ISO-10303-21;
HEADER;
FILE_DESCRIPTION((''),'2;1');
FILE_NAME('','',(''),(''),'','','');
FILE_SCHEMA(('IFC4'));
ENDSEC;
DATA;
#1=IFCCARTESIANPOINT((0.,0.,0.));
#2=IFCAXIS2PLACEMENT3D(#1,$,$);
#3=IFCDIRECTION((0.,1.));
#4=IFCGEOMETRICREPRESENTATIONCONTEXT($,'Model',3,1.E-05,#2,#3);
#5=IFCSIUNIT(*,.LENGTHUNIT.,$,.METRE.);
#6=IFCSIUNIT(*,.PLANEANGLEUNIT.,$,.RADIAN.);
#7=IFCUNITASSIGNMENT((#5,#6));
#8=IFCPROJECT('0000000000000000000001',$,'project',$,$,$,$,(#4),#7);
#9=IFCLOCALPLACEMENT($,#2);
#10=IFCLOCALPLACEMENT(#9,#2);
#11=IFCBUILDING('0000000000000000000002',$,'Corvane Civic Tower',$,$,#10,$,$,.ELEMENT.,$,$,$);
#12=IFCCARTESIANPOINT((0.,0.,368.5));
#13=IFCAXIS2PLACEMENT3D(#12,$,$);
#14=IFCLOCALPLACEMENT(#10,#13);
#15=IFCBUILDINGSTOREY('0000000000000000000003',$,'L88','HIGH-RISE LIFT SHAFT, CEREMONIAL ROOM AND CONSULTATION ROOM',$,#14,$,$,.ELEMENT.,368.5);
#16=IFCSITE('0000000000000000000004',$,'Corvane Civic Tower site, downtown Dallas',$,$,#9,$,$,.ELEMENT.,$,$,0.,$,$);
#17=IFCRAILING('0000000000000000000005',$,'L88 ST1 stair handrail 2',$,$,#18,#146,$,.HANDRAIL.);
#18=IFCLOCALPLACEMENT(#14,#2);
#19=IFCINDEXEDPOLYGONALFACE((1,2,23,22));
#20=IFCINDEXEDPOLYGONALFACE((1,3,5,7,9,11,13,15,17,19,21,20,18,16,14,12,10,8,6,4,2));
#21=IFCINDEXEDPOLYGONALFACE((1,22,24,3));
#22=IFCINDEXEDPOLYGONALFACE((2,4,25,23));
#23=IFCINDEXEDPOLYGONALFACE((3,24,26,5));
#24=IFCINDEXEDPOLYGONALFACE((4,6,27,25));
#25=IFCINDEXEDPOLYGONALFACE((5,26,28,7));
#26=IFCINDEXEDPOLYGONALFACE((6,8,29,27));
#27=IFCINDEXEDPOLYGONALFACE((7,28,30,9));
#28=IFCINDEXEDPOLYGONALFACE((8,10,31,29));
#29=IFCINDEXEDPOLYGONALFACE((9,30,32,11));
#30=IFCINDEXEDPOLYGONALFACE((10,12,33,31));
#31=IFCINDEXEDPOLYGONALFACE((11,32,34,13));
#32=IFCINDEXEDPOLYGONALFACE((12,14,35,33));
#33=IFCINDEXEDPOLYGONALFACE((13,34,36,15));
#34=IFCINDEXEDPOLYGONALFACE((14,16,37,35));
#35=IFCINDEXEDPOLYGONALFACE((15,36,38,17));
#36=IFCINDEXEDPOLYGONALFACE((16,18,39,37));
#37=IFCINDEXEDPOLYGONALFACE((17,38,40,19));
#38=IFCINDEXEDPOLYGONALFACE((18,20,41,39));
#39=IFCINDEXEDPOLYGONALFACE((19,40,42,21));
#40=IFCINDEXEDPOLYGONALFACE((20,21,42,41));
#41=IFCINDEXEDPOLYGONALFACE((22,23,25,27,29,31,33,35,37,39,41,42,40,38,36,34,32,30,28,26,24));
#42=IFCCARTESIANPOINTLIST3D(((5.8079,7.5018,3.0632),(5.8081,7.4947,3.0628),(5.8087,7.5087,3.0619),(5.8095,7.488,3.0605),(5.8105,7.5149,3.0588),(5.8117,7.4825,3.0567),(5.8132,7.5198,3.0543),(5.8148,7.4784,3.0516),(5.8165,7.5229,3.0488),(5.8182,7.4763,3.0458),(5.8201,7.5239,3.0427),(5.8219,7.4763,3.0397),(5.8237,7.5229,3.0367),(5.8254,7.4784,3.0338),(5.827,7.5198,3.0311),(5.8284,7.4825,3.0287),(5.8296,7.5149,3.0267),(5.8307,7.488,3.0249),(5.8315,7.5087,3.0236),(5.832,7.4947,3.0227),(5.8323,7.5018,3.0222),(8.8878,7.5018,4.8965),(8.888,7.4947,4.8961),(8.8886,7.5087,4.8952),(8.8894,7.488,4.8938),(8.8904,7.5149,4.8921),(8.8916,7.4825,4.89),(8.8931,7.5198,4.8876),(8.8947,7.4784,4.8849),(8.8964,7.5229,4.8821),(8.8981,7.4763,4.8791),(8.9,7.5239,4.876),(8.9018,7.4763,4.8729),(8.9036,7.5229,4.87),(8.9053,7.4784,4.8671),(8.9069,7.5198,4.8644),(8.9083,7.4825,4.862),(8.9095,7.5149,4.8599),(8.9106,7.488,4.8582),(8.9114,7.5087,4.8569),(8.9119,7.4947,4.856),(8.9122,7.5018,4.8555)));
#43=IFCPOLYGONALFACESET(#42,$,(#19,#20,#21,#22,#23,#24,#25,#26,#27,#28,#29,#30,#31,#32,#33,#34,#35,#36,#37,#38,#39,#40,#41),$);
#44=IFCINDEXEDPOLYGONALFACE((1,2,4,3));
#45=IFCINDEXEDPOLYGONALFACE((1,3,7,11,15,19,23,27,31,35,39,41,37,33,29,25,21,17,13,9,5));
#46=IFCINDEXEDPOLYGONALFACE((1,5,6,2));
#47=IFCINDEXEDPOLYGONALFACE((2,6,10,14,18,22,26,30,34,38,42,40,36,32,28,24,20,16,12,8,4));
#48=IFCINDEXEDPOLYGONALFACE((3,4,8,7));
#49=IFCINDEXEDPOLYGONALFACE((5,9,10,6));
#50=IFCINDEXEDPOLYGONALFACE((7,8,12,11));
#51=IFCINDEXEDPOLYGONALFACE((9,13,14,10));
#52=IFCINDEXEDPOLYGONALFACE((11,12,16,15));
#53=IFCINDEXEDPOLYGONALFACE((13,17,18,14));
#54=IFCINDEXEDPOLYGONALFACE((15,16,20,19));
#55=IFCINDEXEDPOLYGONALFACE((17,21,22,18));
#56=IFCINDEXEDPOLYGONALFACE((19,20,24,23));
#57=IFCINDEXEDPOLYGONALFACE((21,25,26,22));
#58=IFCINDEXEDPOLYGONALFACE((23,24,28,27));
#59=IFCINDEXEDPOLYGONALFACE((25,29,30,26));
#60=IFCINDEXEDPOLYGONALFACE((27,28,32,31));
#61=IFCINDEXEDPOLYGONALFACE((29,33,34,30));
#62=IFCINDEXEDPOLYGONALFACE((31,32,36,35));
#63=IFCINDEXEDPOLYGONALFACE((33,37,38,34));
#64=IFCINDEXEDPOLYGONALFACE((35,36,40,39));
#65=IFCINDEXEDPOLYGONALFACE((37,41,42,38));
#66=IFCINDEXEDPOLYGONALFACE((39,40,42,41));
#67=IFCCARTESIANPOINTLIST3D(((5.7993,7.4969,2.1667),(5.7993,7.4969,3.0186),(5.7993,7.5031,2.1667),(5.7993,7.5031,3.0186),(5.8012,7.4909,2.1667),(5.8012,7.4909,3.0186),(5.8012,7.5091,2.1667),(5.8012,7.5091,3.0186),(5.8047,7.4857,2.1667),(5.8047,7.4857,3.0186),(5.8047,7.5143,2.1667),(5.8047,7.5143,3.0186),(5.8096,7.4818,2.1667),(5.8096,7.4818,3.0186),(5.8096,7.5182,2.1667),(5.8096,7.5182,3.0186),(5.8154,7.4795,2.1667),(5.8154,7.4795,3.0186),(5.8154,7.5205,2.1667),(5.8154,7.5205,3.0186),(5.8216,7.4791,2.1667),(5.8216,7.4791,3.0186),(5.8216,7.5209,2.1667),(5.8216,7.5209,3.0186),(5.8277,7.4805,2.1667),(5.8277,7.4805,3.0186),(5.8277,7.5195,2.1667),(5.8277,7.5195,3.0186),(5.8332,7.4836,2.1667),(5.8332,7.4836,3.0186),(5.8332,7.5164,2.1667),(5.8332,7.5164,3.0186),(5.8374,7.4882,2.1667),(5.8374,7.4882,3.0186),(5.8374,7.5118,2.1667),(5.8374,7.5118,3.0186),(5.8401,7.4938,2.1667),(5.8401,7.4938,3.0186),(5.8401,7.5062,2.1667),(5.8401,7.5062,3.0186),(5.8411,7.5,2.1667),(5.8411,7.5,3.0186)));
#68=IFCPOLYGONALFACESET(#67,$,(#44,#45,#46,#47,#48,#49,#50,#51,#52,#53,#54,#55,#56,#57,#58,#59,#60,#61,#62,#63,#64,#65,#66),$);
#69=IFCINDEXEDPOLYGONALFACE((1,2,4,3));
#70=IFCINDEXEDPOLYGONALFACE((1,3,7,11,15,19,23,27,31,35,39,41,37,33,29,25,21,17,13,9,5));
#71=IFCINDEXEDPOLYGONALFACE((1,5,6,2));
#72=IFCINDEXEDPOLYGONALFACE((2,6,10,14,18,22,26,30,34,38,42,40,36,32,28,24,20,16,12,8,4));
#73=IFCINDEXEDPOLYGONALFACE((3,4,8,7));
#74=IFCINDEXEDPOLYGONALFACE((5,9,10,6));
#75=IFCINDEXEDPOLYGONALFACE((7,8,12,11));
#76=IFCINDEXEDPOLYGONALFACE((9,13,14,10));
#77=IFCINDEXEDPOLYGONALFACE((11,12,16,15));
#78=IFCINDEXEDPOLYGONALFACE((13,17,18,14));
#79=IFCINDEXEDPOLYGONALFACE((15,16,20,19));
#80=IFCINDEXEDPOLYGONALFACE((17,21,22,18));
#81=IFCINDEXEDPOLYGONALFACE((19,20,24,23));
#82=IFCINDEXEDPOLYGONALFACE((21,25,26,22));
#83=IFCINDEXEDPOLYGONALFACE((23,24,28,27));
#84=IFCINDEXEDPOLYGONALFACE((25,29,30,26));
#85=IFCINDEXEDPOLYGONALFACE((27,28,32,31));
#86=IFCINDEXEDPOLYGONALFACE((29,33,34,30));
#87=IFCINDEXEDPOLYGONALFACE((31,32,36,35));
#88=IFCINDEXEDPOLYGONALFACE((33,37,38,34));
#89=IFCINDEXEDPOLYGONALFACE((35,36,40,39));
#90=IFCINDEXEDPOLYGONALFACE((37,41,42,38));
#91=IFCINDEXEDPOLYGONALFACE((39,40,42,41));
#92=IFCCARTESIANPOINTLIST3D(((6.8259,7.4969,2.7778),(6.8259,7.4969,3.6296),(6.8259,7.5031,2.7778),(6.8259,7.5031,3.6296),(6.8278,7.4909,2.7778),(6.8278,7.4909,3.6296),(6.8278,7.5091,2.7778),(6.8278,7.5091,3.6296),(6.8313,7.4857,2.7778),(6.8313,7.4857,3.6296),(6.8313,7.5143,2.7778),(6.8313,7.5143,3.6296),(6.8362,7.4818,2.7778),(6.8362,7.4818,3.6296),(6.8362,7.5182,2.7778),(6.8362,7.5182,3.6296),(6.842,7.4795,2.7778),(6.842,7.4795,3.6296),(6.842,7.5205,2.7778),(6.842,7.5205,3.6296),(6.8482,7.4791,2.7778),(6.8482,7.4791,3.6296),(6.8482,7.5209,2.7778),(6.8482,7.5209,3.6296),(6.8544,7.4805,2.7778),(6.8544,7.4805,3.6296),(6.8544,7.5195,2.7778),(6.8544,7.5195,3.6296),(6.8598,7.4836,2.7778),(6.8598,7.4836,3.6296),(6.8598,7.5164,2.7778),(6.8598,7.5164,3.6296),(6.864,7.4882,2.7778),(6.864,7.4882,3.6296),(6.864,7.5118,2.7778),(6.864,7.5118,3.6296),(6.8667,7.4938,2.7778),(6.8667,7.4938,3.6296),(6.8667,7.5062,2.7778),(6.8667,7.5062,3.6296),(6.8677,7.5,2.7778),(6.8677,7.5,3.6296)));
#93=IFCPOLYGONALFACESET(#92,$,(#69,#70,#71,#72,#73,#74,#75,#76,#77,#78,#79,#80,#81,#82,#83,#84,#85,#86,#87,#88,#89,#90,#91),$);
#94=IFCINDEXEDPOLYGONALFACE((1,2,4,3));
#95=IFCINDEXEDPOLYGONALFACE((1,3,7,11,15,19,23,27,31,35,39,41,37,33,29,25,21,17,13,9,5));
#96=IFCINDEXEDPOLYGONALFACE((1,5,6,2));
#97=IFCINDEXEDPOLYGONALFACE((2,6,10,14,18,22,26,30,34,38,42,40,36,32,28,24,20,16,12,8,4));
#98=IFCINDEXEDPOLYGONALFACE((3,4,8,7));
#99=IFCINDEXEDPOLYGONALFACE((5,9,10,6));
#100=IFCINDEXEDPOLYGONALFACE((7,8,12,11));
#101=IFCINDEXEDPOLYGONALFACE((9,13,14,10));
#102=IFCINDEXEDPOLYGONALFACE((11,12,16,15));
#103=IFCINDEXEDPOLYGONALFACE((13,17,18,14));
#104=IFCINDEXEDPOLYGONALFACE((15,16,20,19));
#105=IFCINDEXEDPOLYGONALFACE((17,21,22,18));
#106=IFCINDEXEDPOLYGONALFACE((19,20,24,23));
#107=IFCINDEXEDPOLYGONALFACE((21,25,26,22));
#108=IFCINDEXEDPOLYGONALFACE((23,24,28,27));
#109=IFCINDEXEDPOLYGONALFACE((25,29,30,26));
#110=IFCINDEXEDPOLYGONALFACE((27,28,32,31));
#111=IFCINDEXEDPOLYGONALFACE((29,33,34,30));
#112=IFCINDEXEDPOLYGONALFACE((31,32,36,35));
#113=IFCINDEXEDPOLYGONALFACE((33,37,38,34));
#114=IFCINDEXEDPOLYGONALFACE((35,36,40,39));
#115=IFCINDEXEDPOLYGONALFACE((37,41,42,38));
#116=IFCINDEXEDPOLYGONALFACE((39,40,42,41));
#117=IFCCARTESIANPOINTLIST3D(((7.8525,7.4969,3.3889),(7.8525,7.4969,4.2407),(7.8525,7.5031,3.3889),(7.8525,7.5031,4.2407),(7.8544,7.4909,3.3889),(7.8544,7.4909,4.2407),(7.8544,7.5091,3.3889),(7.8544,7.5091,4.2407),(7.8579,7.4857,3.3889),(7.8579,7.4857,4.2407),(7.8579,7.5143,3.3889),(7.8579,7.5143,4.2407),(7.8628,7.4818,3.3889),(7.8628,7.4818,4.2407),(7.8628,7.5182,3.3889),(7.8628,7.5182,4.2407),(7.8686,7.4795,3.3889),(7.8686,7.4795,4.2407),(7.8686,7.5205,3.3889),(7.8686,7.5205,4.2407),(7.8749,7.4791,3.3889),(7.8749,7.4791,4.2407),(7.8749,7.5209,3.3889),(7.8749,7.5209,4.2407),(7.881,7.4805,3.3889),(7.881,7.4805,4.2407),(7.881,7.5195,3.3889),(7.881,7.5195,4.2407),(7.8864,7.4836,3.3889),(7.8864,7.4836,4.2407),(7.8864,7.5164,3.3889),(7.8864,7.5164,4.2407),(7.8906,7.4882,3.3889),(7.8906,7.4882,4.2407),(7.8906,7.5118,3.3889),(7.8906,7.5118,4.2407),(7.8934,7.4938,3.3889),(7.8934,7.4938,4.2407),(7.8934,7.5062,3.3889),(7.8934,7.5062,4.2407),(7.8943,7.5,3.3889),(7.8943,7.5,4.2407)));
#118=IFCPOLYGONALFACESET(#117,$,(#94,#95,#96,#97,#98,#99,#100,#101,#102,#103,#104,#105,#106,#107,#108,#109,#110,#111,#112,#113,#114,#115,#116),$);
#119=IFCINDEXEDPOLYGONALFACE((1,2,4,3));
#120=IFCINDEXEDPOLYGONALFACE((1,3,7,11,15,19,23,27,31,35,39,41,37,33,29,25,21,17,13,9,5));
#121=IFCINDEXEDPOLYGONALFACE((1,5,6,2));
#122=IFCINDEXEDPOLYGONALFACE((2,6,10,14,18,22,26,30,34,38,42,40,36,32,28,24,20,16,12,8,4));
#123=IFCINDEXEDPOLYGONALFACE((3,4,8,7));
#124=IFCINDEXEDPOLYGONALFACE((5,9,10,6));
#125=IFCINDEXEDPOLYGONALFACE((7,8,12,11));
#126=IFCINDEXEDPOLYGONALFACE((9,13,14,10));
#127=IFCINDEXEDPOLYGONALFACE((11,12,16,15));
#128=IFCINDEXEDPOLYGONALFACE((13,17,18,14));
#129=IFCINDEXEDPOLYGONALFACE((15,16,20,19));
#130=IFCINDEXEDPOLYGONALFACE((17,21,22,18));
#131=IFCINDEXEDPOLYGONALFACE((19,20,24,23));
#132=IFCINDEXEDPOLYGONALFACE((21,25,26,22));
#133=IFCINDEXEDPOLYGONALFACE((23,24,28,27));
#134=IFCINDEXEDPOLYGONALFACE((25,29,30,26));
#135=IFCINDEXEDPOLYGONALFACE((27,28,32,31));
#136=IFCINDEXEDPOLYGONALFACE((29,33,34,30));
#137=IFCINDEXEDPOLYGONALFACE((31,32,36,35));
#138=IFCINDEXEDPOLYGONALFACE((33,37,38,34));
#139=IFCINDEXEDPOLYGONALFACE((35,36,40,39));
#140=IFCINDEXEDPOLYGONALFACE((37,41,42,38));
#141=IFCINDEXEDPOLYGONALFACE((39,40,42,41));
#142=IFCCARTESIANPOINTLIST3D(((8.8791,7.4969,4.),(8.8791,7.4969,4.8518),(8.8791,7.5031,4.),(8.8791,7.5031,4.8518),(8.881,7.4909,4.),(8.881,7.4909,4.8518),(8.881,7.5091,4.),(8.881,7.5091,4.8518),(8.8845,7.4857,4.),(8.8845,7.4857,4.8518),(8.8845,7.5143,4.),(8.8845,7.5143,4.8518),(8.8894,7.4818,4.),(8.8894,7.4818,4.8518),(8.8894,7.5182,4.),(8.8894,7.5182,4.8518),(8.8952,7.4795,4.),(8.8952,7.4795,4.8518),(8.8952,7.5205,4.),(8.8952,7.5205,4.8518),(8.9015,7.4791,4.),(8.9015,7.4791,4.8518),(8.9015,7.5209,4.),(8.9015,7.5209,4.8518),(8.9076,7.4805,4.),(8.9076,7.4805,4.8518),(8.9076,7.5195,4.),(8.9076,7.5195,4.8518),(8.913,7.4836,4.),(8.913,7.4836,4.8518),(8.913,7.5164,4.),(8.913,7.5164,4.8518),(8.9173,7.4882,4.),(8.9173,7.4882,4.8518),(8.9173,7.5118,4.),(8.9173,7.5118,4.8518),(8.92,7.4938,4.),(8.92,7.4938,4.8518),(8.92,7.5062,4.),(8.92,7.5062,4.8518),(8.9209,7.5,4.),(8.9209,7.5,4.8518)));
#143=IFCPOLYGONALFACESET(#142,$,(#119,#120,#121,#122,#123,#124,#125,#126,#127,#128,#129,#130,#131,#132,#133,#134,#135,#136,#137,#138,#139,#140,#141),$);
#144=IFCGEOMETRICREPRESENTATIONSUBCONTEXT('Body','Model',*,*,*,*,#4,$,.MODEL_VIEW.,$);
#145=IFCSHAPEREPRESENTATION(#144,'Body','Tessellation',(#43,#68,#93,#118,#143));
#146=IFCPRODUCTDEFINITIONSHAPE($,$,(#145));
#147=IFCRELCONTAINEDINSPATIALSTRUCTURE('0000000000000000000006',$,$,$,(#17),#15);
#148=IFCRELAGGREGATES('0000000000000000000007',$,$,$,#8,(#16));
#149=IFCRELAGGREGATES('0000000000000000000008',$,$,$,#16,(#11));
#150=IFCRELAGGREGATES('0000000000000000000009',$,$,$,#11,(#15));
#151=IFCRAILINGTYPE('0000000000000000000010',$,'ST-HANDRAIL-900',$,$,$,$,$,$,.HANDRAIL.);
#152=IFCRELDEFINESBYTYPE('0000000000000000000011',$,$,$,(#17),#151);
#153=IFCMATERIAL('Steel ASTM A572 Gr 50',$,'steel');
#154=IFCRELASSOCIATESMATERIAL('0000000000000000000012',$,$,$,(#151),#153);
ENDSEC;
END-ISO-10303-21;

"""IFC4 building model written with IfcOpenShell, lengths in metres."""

from ifc_helpers import new_model, si_unit, direction, frame, origin, origin_2d, place, context, subcontext, project, spatial, circle, extrude, material, type_object, element, save


model = new_model("IFC4")

# Units and contexts
model_context = context("Model", 3, precision=1e-05, world=origin(), true_north=direction((0.0, 1.0)))
body_context = subcontext(model_context, "Body", "Model", "MODEL_VIEW")
ifc_project = project(units=[si_unit("LENGTHUNIT", "METRE"), si_unit("PLANEANGLEUNIT", "RADIAN")], contexts=[model_context])

# Site, building, storey
site_placement = place(None, origin())
site = spatial("IfcSite", under=ifc_project, at=site_placement, Name="Corvane Civic Tower site, downtown Dallas", CompositionType="ELEMENT", RefElevation=0.0)
building_placement = place(site_placement, origin())
building = spatial("IfcBuilding", under=site, at=building_placement, Name="Corvane Civic Tower", CompositionType="ELEMENT")
storey_placement = place(building_placement, frame((0.0, 0.0, 368.5)))
storey = spatial("IfcBuildingStorey", under=building, at=storey_placement, Name="L88", Description="HIGH-RISE LIFT SHAFT, CEREMONIAL ROOM AND CONSULTATION ROOM", CompositionType="ELEMENT", Elevation=368.5)

# Railing
ifc_material_1 = material(Name="Steel ASTM A572 Gr 50", Category="steel")
railing_type = type_object("IfcRailingType", Name="ST-HANDRAIL-900", PredefinedType="HANDRAIL", material=ifc_material_1)
railing_1_placement = place(storey_placement, frame((5.8201, 7.5, 2.1667)))
element("IfcRailing", 1, at=railing_1_placement, inside=storey, type_object=railing_type, Name="L88 ST1 stair handrail 2", PredefinedType="HANDRAIL", context=body_context, shape_type="SweptSolid", body=[
    extrude(circle(Radius=0.0239, at=origin_2d()), frame((0.0, 0.0, 0.876), z_axis=(0.859291, 0.0, 0.511487), x_axis=(0.0, 1.0, 0.0)), (0.0, 0.0, 1.0), 3.5842),
    extrude(circle(Radius=0.021, at=origin_2d()), origin(), (0.0, 0.0, 1.0), 0.8518),
    extrude(circle(Radius=0.021, at=origin_2d()), frame((1.0266, 0.0, 0.6111)), (0.0, 0.0, 1.0), 0.8518),
    extrude(circle(Radius=0.021, at=origin_2d()), frame((2.0532, 0.0, 1.2222)), (0.0, 0.0, 1.0), 0.8518),
    extrude(circle(Radius=0.021, at=origin_2d()), frame((3.0798, 0.0, 1.8333)), (0.0, 0.0, 1.0), 0.8518),
])

save(model, "model.ifc")
